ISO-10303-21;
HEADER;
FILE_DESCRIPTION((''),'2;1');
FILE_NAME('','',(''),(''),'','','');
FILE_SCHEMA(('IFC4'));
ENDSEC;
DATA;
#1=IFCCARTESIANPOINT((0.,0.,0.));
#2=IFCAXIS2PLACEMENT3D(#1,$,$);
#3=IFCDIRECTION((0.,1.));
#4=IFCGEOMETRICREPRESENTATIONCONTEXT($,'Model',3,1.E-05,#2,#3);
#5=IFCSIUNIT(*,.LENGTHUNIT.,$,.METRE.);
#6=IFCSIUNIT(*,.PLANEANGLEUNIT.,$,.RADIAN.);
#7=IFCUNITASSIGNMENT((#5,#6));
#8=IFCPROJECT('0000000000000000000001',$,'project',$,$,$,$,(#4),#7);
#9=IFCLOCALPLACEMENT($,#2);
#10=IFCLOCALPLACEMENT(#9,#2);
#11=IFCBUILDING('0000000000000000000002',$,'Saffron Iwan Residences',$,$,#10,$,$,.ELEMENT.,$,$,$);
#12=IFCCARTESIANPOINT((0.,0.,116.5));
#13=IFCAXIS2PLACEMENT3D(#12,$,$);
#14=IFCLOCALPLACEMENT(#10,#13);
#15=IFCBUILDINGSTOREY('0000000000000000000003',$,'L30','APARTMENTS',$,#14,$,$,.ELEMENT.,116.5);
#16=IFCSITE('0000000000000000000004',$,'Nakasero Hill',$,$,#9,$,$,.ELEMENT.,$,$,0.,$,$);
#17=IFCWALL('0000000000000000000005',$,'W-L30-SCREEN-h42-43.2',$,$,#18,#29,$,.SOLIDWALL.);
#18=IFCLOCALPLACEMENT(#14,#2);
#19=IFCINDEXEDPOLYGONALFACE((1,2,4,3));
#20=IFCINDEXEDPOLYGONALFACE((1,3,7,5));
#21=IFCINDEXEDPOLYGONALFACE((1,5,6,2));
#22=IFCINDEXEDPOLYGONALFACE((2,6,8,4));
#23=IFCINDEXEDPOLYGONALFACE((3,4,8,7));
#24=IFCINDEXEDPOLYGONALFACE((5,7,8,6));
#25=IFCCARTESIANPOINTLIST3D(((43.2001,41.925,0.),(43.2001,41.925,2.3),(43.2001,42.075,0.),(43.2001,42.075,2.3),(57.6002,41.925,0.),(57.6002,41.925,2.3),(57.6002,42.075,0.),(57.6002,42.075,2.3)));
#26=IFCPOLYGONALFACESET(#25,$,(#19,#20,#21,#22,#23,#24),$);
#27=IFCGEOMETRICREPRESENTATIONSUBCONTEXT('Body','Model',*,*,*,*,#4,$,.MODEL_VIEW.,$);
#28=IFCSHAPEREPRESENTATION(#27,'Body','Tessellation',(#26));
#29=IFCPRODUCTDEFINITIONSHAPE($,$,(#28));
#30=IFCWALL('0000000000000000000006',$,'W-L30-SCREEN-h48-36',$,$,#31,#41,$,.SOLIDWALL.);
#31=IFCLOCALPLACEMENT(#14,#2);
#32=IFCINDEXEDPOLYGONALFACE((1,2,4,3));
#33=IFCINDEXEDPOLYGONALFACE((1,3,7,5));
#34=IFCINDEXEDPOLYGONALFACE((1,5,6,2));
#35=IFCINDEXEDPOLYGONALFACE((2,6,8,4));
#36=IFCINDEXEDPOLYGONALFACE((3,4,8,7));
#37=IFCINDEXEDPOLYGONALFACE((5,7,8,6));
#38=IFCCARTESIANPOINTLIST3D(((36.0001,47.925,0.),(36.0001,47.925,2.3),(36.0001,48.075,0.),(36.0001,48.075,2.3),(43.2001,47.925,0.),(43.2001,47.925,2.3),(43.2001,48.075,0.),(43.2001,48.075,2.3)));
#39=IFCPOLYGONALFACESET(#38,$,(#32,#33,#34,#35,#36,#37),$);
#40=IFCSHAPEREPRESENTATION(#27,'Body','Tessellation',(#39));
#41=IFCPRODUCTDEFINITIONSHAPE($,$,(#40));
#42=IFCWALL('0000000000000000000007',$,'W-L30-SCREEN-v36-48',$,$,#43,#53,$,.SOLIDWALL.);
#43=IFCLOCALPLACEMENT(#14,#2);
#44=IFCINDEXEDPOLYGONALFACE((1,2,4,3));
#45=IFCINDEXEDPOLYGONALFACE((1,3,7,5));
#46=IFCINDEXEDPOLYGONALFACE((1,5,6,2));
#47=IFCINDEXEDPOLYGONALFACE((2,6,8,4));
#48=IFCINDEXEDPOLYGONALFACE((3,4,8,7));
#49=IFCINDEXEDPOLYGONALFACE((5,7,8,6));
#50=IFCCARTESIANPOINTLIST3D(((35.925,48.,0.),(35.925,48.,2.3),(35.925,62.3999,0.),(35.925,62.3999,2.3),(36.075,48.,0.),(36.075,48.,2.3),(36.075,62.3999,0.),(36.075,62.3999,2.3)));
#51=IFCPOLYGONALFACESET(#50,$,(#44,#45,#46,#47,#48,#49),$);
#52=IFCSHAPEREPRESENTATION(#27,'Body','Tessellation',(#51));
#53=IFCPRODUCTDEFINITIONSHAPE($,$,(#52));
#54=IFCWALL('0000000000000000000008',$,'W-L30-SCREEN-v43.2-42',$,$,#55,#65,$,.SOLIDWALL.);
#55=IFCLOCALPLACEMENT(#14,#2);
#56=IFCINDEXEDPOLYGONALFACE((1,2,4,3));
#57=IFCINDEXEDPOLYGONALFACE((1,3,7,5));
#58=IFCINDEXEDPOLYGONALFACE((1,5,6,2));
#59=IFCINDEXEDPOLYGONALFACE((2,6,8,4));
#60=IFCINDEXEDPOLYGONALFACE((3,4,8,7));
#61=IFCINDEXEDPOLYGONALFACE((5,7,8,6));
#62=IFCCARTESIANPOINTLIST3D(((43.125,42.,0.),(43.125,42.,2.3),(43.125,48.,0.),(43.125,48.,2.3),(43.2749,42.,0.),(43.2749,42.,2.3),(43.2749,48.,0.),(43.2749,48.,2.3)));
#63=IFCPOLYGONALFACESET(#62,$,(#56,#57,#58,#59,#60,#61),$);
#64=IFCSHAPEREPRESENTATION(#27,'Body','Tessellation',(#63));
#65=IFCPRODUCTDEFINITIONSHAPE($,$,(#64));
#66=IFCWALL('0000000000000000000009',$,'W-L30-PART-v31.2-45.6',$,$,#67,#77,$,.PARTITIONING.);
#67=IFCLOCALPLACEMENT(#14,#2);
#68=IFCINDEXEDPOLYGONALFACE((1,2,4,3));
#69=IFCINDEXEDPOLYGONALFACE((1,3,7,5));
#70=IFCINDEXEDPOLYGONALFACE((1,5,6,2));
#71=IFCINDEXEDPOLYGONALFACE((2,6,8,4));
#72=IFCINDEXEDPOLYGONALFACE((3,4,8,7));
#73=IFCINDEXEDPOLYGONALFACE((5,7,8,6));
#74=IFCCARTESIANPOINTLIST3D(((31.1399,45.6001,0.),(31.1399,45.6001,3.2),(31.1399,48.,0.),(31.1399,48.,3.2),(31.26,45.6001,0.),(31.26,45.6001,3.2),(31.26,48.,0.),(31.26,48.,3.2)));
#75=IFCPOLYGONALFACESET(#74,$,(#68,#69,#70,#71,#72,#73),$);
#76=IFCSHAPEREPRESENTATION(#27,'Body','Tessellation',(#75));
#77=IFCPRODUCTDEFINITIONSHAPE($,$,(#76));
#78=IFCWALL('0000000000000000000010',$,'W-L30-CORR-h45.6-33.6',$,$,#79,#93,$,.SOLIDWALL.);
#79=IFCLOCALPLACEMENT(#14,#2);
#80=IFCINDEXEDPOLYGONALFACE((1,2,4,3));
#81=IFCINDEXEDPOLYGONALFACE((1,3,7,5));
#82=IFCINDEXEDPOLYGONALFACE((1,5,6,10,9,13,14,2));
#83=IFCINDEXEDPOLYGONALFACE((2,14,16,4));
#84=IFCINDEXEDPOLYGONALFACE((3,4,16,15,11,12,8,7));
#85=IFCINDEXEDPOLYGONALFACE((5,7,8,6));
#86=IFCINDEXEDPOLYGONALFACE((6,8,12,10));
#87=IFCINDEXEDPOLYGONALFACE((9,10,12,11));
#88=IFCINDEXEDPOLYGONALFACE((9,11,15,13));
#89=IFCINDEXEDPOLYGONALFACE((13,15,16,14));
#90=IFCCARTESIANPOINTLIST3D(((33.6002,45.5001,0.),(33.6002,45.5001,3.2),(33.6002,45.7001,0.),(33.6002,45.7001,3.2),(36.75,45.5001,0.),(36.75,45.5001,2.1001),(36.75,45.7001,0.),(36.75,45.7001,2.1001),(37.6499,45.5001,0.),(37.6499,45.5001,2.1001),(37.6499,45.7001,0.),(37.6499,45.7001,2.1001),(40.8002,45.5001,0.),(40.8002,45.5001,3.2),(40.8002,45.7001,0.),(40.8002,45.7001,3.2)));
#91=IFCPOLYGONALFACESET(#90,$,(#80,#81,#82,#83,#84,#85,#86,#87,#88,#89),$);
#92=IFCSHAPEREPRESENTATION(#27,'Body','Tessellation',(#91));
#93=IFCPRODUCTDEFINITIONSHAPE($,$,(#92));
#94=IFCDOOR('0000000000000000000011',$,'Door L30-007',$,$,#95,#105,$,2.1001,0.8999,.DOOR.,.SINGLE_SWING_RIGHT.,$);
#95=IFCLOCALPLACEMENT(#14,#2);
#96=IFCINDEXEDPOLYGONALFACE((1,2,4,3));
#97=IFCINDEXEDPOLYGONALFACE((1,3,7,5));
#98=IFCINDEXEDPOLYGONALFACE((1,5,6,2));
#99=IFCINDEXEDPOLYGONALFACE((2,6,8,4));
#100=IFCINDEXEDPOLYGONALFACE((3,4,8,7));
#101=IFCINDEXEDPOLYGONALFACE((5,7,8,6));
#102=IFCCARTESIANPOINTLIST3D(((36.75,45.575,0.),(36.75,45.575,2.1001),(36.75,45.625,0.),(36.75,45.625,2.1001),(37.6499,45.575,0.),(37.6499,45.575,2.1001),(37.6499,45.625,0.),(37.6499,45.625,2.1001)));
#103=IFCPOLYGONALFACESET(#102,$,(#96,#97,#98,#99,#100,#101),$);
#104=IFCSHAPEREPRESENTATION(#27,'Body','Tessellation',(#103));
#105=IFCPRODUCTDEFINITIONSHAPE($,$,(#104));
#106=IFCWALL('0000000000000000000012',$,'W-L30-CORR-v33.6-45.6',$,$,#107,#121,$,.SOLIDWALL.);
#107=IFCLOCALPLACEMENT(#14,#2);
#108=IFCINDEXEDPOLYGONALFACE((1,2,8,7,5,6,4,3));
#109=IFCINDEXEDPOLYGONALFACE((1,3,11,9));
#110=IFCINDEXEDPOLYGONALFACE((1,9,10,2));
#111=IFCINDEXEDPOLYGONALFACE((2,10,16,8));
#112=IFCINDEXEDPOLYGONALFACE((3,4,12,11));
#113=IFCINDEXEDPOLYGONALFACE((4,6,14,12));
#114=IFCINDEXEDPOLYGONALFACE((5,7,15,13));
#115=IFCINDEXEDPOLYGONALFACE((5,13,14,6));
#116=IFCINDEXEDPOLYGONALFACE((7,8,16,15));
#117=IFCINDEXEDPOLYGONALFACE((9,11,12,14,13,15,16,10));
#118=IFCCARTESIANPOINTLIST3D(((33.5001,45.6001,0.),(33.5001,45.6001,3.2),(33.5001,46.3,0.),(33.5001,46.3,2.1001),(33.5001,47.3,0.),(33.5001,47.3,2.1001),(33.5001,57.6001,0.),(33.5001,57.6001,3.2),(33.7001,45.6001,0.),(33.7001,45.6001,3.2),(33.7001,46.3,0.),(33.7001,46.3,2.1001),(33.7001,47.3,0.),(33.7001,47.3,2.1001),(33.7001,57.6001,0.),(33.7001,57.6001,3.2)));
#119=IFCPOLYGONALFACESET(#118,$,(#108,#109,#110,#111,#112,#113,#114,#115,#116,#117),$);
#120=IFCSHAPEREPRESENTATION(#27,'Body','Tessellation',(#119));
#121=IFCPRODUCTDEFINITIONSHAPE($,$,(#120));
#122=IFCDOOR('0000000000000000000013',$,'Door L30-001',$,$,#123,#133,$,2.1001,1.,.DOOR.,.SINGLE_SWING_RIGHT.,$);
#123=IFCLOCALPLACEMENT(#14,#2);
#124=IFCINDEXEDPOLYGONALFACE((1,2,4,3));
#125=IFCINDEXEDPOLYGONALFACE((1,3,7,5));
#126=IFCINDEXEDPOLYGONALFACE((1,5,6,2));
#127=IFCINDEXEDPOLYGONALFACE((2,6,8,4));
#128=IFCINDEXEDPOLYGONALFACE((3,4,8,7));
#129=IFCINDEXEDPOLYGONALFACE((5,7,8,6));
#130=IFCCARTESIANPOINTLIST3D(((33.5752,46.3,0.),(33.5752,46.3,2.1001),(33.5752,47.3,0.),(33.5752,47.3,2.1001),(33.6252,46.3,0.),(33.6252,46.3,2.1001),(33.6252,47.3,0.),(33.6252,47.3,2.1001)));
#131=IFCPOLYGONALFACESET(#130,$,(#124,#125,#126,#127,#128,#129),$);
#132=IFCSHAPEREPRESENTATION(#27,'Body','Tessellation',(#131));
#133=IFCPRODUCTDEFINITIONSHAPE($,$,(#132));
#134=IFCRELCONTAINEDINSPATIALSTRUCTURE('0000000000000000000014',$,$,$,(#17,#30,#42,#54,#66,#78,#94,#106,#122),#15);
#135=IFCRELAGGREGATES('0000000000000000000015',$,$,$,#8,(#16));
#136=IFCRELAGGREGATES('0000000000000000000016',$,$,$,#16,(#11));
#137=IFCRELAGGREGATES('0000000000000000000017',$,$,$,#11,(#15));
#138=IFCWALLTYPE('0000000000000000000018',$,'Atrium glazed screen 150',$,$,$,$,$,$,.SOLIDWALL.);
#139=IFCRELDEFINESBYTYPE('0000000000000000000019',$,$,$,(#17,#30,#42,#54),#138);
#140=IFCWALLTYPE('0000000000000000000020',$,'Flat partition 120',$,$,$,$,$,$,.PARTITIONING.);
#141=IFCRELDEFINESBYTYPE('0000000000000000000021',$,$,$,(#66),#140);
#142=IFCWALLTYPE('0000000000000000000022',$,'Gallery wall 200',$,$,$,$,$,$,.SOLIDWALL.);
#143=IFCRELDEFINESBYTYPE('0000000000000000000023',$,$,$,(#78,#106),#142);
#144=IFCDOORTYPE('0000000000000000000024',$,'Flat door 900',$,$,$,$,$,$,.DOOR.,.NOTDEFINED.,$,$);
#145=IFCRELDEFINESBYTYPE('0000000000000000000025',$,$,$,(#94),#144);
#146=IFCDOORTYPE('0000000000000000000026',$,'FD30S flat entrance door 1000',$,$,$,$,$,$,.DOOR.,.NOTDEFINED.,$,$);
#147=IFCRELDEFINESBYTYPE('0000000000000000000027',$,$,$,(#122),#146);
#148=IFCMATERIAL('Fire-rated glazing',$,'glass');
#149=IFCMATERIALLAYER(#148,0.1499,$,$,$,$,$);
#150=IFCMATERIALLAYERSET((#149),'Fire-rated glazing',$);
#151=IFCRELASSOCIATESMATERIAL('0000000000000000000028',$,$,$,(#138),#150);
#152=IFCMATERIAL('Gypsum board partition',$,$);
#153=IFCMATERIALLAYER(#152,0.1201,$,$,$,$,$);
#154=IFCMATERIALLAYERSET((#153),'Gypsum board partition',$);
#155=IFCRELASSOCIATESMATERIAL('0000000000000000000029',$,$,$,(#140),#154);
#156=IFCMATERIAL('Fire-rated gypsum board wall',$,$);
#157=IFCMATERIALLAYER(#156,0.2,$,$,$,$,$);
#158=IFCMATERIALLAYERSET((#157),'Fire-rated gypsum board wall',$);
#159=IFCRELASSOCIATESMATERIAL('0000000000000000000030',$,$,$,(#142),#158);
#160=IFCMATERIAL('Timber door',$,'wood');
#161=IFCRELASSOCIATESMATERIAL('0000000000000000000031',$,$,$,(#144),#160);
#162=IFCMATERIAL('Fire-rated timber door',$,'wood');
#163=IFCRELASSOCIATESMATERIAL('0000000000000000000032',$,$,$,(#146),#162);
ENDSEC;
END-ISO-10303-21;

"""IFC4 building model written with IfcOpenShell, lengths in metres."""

from ifc_helpers import new_model, si_unit, direction, frame, frame_2d, origin, place, context, subcontext, project, spatial, rectangle, extrude, material, layer, layer_set, type_object, element, fill, save


model = new_model("IFC4")

# Units and contexts
model_context = context("Model", 3, precision=1e-05, world=origin(), true_north=direction((0.0, 1.0)))
body_context = subcontext(model_context, "Body", "Model", "MODEL_VIEW")
ifc_project = project(units=[si_unit("LENGTHUNIT", "METRE"), si_unit("PLANEANGLEUNIT", "RADIAN")], contexts=[model_context])

# Site, building, storey
site_placement = place(None, origin())
site = spatial("IfcSite", under=ifc_project, at=site_placement, Name="Nakasero Hill", CompositionType="ELEMENT", RefElevation=0.0)
building_placement = place(site_placement, origin())
building = spatial("IfcBuilding", under=site, at=building_placement, Name="Saffron Iwan Residences", CompositionType="ELEMENT")
storey_placement = place(building_placement, frame((0.0, 0.0, 116.5)))
storey = spatial("IfcBuildingStorey", under=building, at=storey_placement, Name="L30", Description="APARTMENTS", CompositionType="ELEMENT", Elevation=116.5)

# Walls
ifc_material_1 = material(Name="Fire-rated glazing", Category="glass")
ifc_layer_1 = layer(ifc_material_1, 0.1499)
ifc_layer_set_1 = layer_set([ifc_layer_1], Name="Fire-rated glazing")
wall_type_1 = type_object("IfcWallType", Name="Atrium glazed screen 150", PredefinedType="SOLIDWALL", material=ifc_layer_set_1)
wall_1_placement = place(storey_placement, frame((43.2, 42.0, 0.0), z_axis=(0.0, 0.0, 1.0), x_axis=(1.0, 0.0, 0.0)))
element("IfcWall", 1, at=wall_1_placement, inside=storey, type_object=wall_type_1, Name="W-L30-SCREEN-h42-43.2", PredefinedType="SOLIDWALL", context=body_context, shape_type="SweptSolid", body=[
    extrude(rectangle(XDim=14.4001, YDim=0.1499, at=frame_2d((7.2002, 0.0))), origin(), (0.0, 0.0, 1.0), 2.3),
])
wall_2_placement = place(storey_placement, frame((36.0, 48.0, 0.0), z_axis=(0.0, 0.0, 1.0), x_axis=(1.0, 0.0, 0.0)))
element("IfcWall", 2, at=wall_2_placement, inside=storey, type_object=wall_type_1, Name="W-L30-SCREEN-h48-36", PredefinedType="SOLIDWALL", context=body_context, shape_type="SweptSolid", body=[
    extrude(rectangle(XDim=7.2, YDim=0.1499, at=frame_2d((3.6001, 0.0))), origin(), (0.0, 0.0, 1.0), 2.3),
])
wall_3_placement = place(storey_placement, frame((36.0, 48.0, 0.0), z_axis=(0.0, 0.0, 1.0), x_axis=(0.0, 1.0, 0.0)))
element("IfcWall", 3, at=wall_3_placement, inside=storey, type_object=wall_type_1, Name="W-L30-SCREEN-v36-48", PredefinedType="SOLIDWALL", context=body_context, shape_type="SweptSolid", body=[
    extrude(rectangle(XDim=14.3999, YDim=0.1499, at=frame_2d((7.2, 0.0))), origin(), (0.0, 0.0, 1.0), 2.3),
])
wall_4_placement = place(storey_placement, frame((43.2, 42.0, 0.0), z_axis=(0.0, 0.0, 1.0), x_axis=(0.0, 1.0, 0.0)))
element("IfcWall", 4, at=wall_4_placement, inside=storey, type_object=wall_type_1, Name="W-L30-SCREEN-v43.2-42", PredefinedType="SOLIDWALL", context=body_context, shape_type="SweptSolid", body=[
    extrude(rectangle(XDim=6.0, YDim=0.1499, at=frame_2d((3.0, 0.0))), origin(), (0.0, 0.0, 1.0), 2.3),
])
ifc_material_2 = material(Name="Gypsum board partition")
ifc_layer_2 = layer(ifc_material_2, 0.1201)
ifc_layer_set_2 = layer_set([ifc_layer_2], Name="Gypsum board partition")
wall_type_2 = type_object("IfcWallType", Name="Flat partition 120", PredefinedType="PARTITIONING", material=ifc_layer_set_2)
wall_5_placement = place(storey_placement, frame((31.2, 45.6001, 0.0), z_axis=(0.0, 0.0, 1.0), x_axis=(0.0, 1.0, 0.0)))
element("IfcWall", 5, at=wall_5_placement, inside=storey, type_object=wall_type_2, Name="W-L30-PART-v31.2-45.6", PredefinedType="PARTITIONING", context=body_context, shape_type="SweptSolid", body=[
    extrude(rectangle(XDim=2.3999, YDim=0.1201, at=frame_2d((1.2, 0.0))), origin(), (0.0, 0.0, 1.0), 3.2),
])

# Walls, openings, doors
ifc_material_3 = material(Name="Fire-rated gypsum board wall")
ifc_layer_3 = layer(ifc_material_3, 0.2)
ifc_layer_set_3 = layer_set([ifc_layer_3], Name="Fire-rated gypsum board wall")
wall_type_3 = type_object("IfcWallType", Name="Gallery wall 200", PredefinedType="SOLIDWALL", material=ifc_layer_set_3)
wall_6_placement = place(storey_placement, frame((33.6001, 45.6001, 0.0), z_axis=(0.0, 0.0, 1.0), x_axis=(1.0, 0.0, 0.0)))
wall_6 = element("IfcWall", 6, at=wall_6_placement, inside=storey, type_object=wall_type_3, Name="W-L30-CORR-h45.6-33.6", PredefinedType="SOLIDWALL", context=body_context, shape_type="SweptSolid", body=[
    extrude(rectangle(XDim=7.2, YDim=0.2, at=frame_2d((3.6001, 0.0))), origin(), (0.0, 0.0, 1.0), 3.2),
])
opening_1_placement = place(wall_6_placement, frame((3.1499, 0.0, 0.0)))
opening_1 = element("IfcOpeningElement", 7, at=opening_1_placement, cuts=wall_6, PredefinedType="OPENING", context=body_context, shape_type="SweptSolid", body=[
    extrude(rectangle(XDim=0.8999, YDim=2.1001, at=frame_2d((0.45, 1.05))), frame((0.0, 0.1099, 0.0), z_axis=(0.0, -1.0, 0.0), x_axis=(1.0, 0.0, 0.0)), (0.0, 0.0, 1.0), 0.22),
])
ifc_material_4 = material(Name="Timber door", Category="wood")
door_type_1 = type_object("IfcDoorType", Name="Flat door 900", OperationType="NOTDEFINED", PredefinedType="DOOR", material=ifc_material_4)
door_1_placement = place(opening_1_placement, origin())
door_1 = element("IfcDoor", 8, at=door_1_placement, inside=storey, type_object=door_type_1, Name="Door L30-007", OperationType="SINGLE_SWING_RIGHT", OverallHeight=2.1001, OverallWidth=0.8999, PredefinedType="DOOR", context=body_context, shape_type="SweptSolid", body=[
    extrude(rectangle(XDim=0.8999, YDim=2.1001, at=frame_2d((0.45, 1.05))), frame((0.0, 0.0249, 0.0), z_axis=(0.0, -1.0, 0.0), x_axis=(1.0, 0.0, 0.0)), (0.0, 0.0, 1.0), 0.05),
])
fill(opening_1, door_1)
wall_7_placement = place(storey_placement, frame((33.6001, 45.6001, 0.0), z_axis=(0.0, 0.0, 1.0), x_axis=(0.0, 1.0, 0.0)))
wall_7 = element("IfcWall", 9, at=wall_7_placement, inside=storey, type_object=wall_type_3, Name="W-L30-CORR-v33.6-45.6", PredefinedType="SOLIDWALL", context=body_context, shape_type="SweptSolid", body=[
    extrude(rectangle(XDim=12.0, YDim=0.2, at=frame_2d((6.0, 0.0))), origin(), (0.0, 0.0, 1.0), 3.2),
])
opening_2_placement = place(wall_7_placement, frame((0.7, 0.0, 0.0)))
opening_2 = element("IfcOpeningElement", 10, at=opening_2_placement, cuts=wall_7, PredefinedType="OPENING", context=body_context, shape_type="SweptSolid", body=[
    extrude(rectangle(XDim=1.0, YDim=2.1001, at=frame_2d((0.5, 1.05))), frame((0.0, 0.1099, 0.0), z_axis=(0.0, -1.0, 0.0), x_axis=(1.0, 0.0, 0.0)), (0.0, 0.0, 1.0), 0.22),
])
ifc_material_5 = material(Name="Fire-rated timber door", Category="wood")
door_type_2 = type_object("IfcDoorType", Name="FD30S flat entrance door 1000", OperationType="NOTDEFINED", PredefinedType="DOOR", material=ifc_material_5)
door_2_placement = place(opening_2_placement, origin())
door_2 = element("IfcDoor", 11, at=door_2_placement, inside=storey, type_object=door_type_2, Name="Door L30-001", OperationType="SINGLE_SWING_RIGHT", OverallHeight=2.1001, OverallWidth=1.0, PredefinedType="DOOR", context=body_context, shape_type="SweptSolid", body=[
    extrude(rectangle(XDim=1.0, YDim=2.1001, at=frame_2d((0.5, 1.05))), frame((0.0, 0.0249, 0.0), z_axis=(0.0, -1.0, 0.0), x_axis=(1.0, 0.0, 0.0)), (0.0, 0.0, 1.0), 0.05),
])
fill(opening_2, door_2)

save(model, "model.ifc")
